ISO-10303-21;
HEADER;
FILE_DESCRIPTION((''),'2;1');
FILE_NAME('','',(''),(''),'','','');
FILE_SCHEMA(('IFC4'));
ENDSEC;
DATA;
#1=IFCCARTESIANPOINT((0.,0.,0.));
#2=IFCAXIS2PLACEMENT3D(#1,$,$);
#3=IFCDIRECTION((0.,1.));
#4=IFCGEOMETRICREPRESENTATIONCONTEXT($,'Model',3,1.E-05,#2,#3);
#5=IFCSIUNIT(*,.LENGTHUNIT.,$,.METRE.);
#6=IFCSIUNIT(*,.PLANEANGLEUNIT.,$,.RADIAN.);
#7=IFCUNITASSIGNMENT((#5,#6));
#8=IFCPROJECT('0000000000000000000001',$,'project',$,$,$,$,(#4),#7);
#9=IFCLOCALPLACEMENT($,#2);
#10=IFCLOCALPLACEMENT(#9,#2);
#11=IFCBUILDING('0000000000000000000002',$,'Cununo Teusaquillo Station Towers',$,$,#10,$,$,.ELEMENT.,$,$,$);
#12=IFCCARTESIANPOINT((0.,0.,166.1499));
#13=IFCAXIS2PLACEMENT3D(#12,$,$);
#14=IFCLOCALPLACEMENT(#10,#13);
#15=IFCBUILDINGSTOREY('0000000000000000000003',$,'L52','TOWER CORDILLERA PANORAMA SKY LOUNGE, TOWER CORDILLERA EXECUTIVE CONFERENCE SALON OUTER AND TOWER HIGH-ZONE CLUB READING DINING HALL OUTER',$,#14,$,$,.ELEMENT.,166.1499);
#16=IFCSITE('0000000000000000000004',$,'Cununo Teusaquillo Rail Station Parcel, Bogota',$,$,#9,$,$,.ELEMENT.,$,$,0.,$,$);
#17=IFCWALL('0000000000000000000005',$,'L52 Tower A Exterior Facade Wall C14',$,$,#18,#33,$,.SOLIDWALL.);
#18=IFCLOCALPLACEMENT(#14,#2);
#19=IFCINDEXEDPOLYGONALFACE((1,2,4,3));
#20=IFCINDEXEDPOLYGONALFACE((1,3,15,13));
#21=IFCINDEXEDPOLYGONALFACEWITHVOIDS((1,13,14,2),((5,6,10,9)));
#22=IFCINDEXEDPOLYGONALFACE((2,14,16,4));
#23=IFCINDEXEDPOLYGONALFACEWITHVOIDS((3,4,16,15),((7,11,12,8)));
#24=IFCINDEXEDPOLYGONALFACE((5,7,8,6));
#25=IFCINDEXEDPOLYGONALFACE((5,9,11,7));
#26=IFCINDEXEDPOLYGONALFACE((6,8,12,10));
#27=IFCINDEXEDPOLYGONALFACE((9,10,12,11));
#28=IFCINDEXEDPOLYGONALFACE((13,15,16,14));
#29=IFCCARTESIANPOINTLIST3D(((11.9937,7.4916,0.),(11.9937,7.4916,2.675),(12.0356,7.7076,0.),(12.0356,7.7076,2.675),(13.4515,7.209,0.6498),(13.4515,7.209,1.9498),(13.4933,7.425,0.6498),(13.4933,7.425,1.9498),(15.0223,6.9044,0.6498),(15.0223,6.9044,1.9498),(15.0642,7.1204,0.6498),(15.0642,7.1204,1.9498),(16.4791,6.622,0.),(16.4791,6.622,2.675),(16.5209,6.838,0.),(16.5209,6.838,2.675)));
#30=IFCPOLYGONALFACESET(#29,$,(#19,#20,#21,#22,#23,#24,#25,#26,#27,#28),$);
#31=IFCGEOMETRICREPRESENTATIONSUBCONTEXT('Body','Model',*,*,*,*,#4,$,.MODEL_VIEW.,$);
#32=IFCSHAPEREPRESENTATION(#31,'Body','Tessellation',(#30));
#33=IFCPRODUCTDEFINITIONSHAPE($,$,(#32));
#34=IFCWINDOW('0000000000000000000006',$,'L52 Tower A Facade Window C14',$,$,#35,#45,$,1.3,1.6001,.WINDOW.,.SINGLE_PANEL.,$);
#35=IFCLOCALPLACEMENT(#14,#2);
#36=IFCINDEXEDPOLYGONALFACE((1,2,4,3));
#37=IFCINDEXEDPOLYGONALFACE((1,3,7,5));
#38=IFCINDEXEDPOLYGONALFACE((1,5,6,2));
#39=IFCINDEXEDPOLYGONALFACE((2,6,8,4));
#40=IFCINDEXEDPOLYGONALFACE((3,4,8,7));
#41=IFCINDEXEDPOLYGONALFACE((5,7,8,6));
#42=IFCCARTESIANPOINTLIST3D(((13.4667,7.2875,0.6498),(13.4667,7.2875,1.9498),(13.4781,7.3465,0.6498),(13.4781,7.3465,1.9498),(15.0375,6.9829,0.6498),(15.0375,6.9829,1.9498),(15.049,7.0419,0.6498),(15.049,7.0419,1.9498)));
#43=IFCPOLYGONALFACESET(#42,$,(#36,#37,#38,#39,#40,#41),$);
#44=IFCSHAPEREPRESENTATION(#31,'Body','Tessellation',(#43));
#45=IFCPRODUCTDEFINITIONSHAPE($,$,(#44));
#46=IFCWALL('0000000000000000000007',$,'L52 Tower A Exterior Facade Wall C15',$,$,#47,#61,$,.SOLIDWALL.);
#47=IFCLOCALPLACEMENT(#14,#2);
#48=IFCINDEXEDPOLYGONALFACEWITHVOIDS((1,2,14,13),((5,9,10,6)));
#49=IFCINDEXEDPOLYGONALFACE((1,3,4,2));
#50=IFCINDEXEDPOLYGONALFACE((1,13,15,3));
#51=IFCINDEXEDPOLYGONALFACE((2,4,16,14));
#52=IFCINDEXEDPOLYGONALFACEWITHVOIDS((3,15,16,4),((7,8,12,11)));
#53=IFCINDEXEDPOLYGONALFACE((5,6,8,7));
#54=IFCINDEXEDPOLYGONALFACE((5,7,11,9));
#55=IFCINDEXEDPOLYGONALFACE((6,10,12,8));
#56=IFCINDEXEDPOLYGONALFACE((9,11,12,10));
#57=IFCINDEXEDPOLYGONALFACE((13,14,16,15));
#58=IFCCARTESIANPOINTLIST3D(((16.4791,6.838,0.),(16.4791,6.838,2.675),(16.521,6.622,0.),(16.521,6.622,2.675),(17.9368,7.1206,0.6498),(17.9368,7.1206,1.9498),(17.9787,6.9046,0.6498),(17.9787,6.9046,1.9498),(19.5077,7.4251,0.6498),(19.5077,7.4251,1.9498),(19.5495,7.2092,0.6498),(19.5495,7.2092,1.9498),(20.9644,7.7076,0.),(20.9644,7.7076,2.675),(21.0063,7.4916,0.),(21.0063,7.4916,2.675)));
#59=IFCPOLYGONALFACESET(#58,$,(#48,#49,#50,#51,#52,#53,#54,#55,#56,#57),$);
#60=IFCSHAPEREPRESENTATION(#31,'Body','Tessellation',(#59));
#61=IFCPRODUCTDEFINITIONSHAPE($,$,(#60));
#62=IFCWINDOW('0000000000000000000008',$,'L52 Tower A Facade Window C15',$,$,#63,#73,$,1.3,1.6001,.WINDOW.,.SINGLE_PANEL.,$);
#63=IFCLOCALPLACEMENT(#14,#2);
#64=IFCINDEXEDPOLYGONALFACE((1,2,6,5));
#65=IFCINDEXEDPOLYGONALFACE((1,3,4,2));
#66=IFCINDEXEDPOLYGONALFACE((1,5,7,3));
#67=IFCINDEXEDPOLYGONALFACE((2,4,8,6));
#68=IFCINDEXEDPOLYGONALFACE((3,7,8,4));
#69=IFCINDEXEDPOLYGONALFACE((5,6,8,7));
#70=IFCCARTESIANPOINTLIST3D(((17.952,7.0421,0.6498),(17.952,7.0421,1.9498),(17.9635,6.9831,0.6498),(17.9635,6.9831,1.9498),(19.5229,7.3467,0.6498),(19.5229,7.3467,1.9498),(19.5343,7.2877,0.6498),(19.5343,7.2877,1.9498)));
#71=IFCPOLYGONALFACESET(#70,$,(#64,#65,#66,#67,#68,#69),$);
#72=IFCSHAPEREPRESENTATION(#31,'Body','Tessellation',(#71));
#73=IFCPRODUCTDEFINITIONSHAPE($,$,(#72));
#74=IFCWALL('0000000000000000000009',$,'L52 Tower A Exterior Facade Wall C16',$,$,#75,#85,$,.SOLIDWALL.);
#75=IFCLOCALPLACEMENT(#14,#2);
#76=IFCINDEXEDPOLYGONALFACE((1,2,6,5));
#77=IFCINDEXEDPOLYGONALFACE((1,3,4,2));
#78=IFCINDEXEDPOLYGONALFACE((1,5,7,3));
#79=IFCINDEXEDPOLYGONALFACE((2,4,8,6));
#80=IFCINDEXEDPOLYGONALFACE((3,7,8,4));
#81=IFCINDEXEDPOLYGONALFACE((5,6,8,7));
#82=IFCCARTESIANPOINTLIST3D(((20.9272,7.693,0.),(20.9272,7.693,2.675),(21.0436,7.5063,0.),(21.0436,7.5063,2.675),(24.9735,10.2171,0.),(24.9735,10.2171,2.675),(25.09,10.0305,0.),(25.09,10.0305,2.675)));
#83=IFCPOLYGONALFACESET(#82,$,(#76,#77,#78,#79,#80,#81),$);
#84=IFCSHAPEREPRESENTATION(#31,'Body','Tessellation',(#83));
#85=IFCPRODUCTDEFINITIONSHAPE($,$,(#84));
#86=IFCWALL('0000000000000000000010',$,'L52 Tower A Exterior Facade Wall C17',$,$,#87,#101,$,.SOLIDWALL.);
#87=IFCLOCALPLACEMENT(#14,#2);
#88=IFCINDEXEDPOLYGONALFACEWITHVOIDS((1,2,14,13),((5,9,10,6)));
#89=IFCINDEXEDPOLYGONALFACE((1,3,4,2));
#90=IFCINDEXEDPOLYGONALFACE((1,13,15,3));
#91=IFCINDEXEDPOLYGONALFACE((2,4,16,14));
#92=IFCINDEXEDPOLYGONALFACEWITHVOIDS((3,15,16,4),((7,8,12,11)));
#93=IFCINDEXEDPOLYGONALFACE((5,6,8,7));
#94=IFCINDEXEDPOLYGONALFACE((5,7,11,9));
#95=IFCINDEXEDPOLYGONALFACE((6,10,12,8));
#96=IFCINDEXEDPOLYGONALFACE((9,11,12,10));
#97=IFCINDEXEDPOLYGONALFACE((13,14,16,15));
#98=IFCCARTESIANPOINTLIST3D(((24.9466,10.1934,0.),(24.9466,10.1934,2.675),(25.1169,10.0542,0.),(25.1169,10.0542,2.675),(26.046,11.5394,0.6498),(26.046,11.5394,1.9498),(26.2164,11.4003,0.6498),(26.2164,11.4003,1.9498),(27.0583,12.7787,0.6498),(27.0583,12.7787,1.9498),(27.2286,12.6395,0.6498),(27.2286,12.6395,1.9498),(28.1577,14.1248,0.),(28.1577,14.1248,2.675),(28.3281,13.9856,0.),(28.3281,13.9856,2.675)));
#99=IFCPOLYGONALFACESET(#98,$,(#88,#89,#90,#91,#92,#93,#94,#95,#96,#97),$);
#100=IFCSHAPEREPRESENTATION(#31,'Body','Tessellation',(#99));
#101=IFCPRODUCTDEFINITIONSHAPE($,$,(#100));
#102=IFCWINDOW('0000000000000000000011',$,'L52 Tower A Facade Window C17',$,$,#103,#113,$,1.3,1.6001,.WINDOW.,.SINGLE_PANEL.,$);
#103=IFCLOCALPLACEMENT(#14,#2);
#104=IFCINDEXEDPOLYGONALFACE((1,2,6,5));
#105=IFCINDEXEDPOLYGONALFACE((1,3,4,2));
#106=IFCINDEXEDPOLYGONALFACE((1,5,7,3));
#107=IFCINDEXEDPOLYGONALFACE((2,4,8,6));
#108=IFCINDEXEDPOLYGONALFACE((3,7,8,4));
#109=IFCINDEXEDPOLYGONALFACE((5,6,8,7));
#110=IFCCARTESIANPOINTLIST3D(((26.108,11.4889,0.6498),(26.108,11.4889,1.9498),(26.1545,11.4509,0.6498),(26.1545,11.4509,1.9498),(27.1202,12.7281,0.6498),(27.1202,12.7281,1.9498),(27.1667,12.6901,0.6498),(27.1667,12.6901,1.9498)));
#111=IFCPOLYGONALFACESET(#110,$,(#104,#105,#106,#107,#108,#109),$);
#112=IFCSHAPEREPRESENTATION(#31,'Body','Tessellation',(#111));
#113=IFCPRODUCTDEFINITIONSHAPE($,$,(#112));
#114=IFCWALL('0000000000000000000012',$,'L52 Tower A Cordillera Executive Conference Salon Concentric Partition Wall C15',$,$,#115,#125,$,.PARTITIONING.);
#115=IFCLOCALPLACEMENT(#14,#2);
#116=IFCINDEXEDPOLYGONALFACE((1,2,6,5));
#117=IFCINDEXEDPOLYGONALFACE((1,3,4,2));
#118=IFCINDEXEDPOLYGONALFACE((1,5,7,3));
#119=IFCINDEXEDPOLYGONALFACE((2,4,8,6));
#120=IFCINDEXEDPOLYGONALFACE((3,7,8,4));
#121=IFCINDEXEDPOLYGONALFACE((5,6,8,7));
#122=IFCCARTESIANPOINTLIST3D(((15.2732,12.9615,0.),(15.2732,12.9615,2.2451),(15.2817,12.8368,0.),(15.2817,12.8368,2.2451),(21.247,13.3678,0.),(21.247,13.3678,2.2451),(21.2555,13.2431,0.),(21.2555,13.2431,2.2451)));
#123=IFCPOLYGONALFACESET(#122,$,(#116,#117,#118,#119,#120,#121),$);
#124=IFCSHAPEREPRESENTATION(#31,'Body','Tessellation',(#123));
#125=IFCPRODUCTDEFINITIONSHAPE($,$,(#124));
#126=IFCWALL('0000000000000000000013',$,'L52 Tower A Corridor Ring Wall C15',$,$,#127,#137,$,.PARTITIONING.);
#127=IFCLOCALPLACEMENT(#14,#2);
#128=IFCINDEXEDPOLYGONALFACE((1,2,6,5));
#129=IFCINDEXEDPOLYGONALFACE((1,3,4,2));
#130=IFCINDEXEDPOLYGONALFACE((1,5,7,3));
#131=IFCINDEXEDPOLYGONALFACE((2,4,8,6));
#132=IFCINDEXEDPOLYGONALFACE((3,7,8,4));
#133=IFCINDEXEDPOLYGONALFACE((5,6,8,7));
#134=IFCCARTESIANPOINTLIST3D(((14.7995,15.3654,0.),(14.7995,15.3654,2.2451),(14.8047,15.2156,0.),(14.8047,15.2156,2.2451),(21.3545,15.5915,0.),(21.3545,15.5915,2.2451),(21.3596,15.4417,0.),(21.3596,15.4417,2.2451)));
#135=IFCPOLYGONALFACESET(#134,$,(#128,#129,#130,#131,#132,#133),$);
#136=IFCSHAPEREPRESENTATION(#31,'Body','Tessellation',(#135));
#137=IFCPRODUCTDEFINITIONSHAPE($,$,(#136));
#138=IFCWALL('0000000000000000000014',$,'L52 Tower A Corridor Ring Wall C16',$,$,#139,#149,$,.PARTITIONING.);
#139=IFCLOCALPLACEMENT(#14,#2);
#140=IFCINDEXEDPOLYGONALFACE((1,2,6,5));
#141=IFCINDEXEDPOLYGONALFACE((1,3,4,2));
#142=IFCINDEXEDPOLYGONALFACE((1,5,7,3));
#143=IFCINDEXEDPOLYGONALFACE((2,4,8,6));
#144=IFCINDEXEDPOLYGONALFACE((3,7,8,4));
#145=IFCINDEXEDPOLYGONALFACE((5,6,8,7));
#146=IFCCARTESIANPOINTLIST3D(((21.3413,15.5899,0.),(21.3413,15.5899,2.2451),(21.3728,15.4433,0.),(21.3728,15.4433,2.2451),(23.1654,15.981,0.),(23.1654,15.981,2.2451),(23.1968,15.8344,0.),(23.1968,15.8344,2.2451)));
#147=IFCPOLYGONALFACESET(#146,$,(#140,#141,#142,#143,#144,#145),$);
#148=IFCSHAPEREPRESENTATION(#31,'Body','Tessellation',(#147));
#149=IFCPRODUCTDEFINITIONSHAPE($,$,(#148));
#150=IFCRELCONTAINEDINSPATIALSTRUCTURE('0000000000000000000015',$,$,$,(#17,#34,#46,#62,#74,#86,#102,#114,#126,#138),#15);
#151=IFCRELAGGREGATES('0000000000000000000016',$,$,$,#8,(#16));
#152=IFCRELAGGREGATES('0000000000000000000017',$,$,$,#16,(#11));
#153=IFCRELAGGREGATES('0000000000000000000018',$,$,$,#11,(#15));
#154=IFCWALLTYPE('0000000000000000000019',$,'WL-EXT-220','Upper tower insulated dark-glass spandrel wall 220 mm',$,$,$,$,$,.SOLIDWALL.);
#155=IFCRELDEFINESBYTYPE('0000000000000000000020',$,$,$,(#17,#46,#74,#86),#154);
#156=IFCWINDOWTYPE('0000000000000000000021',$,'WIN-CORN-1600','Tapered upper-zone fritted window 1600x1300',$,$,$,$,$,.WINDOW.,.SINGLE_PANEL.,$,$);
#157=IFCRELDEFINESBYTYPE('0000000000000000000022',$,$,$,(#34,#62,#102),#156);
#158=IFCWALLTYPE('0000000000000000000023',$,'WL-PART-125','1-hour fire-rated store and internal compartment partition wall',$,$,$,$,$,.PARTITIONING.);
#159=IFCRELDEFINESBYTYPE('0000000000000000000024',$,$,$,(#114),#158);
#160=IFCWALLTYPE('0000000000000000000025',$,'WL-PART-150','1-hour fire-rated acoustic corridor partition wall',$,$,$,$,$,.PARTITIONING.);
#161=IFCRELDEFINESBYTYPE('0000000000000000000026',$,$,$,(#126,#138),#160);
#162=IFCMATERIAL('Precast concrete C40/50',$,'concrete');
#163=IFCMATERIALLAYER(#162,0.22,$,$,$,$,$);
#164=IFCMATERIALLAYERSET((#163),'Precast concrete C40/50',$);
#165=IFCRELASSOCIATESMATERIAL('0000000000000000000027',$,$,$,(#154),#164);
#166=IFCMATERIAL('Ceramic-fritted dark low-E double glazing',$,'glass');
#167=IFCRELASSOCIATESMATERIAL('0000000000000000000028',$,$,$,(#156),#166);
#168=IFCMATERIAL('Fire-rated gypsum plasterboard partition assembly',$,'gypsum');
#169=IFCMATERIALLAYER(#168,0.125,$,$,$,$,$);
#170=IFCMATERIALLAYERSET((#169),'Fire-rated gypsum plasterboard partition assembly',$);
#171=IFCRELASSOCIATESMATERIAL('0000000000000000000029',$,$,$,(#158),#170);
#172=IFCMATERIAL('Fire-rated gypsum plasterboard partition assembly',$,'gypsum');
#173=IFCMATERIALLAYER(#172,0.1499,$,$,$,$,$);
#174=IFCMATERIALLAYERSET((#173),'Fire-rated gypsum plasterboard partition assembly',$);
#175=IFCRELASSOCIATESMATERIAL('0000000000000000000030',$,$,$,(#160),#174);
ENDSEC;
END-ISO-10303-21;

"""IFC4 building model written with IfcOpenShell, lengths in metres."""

from ifc_helpers import new_model, si_unit, direction, frame, frame_2d, origin, place, context, subcontext, project, spatial, rectangle, extrude, source, transform, mapped, material, layer, layer_set, type_object, element, fill, save


model = new_model("IFC4")

# Units and contexts
model_context = context("Model", 3, precision=1e-05, world=origin(), true_north=direction((0.0, 1.0)))
body_context = subcontext(model_context, "Body", "Model", "MODEL_VIEW")
ifc_project = project(units=[si_unit("LENGTHUNIT", "METRE"), si_unit("PLANEANGLEUNIT", "RADIAN")], contexts=[model_context])

# Site, building, storey
site_placement = place(None, origin())
site = spatial("IfcSite", under=ifc_project, at=site_placement, Name="Cununo Teusaquillo Rail Station Parcel, Bogota", CompositionType="ELEMENT", RefElevation=0.0)
building_placement = place(site_placement, origin())
building = spatial("IfcBuilding", under=site, at=building_placement, Name="Cununo Teusaquillo Station Towers", CompositionType="ELEMENT")
storey_placement = place(building_placement, frame((0.0, 0.0, 166.1499)))
storey = spatial("IfcBuildingStorey", under=building, at=storey_placement, Name="L52", Description="TOWER CORDILLERA PANORAMA SKY LOUNGE, TOWER CORDILLERA EXECUTIVE CONFERENCE SALON OUTER AND TOWER HIGH-ZONE CLUB READING DINING HALL OUTER", CompositionType="ELEMENT", Elevation=166.1499)

# Walls, openings, windows
ifc_material_1 = material(Name="Precast concrete C40/50", Category="concrete")
ifc_layer_1 = layer(ifc_material_1, 0.22)
ifc_layer_set_1 = layer_set([ifc_layer_1], Name="Precast concrete C40/50")
wall_type_1 = type_object("IfcWallType", Name="WL-EXT-220", Description="Upper tower insulated dark-glass spandrel wall 220 mm", PredefinedType="SOLIDWALL", material=ifc_layer_set_1)
wall_1_placement = place(storey_placement, frame((16.5, 6.73, 0.0), z_axis=(0.0, 0.0, 1.0), x_axis=(-0.981719, 0.190338, 0.0)))
wall_1 = element("IfcWall", 1, at=wall_1_placement, inside=storey, type_object=wall_type_1, Name="L52 Tower A Exterior Facade Wall C14", PredefinedType="SOLIDWALL", context=body_context, shape_type="SweptSolid", body=[
    extrude(rectangle(XDim=4.5688, YDim=0.22, at=frame_2d((2.2844, 0.0))), origin(), (0.0, 0.0, 1.0), 2.675),
])
shared_shape_1 = source(origin(), body_context, "Body", "SweptSolid", [
    extrude(rectangle(XDim=1.6001, YDim=1.3, at=frame_2d((0.8, 0.6499))), frame((0.0, 0.1199, 0.0), z_axis=(0.0, -1.0, 0.0), x_axis=(1.0, 0.0, 0.0)), (0.0, 0.0, 1.0), 0.24),
])
opening_1_placement = place(wall_1_placement, frame((1.4839, 0.0, 0.6499)))
opening_1 = element("IfcOpeningElement", 2, at=opening_1_placement, cuts=wall_1, PredefinedType="OPENING", context=body_context, shape_type="MappedRepresentation", body=[
    mapped(shared_shape_1, transform((0.0, 0.0, 0.0), x_axis=(1.0, 0.0, 0.0), y_axis=(0.0, 1.0, 0.0), z_axis=(0.0, 0.0, 1.0), scale=1.0)),
])
ifc_material_2 = material(Name="Ceramic-fritted dark low-E double glazing", Category="glass")
window_type = type_object("IfcWindowType", Name="WIN-CORN-1600", Description="Tapered upper-zone fritted window 1600x1300", PartitioningType="SINGLE_PANEL", PredefinedType="WINDOW", material=ifc_material_2)
shared_shape_2 = source(origin(), body_context, "Body", "SweptSolid", [
    extrude(rectangle(XDim=1.6001, YDim=1.3, at=frame_2d((0.8, 0.6499))), frame((0.0, 0.03, 0.0), z_axis=(0.0, -1.0, 0.0), x_axis=(1.0, 0.0, 0.0)), (0.0, 0.0, 1.0), 0.0601),
])
window_1_placement = place(opening_1_placement, origin())
window_1 = element("IfcWindow", 3, at=window_1_placement, inside=storey, type_object=window_type, Name="L52 Tower A Facade Window C14", OverallHeight=1.3, OverallWidth=1.6001, PartitioningType="SINGLE_PANEL", PredefinedType="WINDOW", context=body_context, shape_type="MappedRepresentation", body=[
    mapped(shared_shape_2, transform((0.0, 0.0, 0.0), x_axis=(1.0, 0.0, 0.0), y_axis=(0.0, 1.0, 0.0), z_axis=(0.0, 0.0, 1.0), scale=1.0)),
])
fill(opening_1, window_1)
wall_2_placement = place(storey_placement, frame((20.9854, 7.5996, 0.0), z_axis=(0.0, 0.0, 1.0), x_axis=(-0.981719, -0.190338, 0.0)))
wall_2 = element("IfcWall", 4, at=wall_2_placement, inside=storey, type_object=wall_type_1, Name="L52 Tower A Exterior Facade Wall C15", PredefinedType="SOLIDWALL", context=body_context, shape_type="SweptSolid", body=[
    extrude(rectangle(XDim=4.5688, YDim=0.22, at=frame_2d((2.2844, 0.0))), origin(), (0.0, 0.0, 1.0), 2.675),
])
opening_2_placement = place(wall_2_placement, frame((1.4839, 0.0, 0.6499)))
opening_2 = element("IfcOpeningElement", 5, at=opening_2_placement, cuts=wall_2, PredefinedType="OPENING", context=body_context, shape_type="MappedRepresentation", body=[
    mapped(shared_shape_1, transform((0.0, 0.0, 0.0), x_axis=(1.0, 0.0, 0.0), y_axis=(0.0, 1.0, 0.0), z_axis=(0.0, 0.0, 1.0), scale=1.0)),
])
window_2_placement = place(opening_2_placement, origin())
window_2 = element("IfcWindow", 6, at=window_2_placement, inside=storey, type_object=window_type, Name="L52 Tower A Facade Window C15", OverallHeight=1.3, OverallWidth=1.6001, PartitioningType="SINGLE_PANEL", PredefinedType="WINDOW", context=body_context, shape_type="MappedRepresentation", body=[
    mapped(shared_shape_2, transform((0.0, 0.0, 0.0), x_axis=(1.0, 0.0, 0.0), y_axis=(0.0, 1.0, 0.0), z_axis=(0.0, 0.0, 1.0), scale=1.0)),
])
fill(opening_2, window_2)

# Wall
wall_3_placement = place(storey_placement, frame((25.0317, 10.1238, 0.0), z_axis=(0.0, 0.0, 1.0), x_axis=(-0.848452, -0.529272, 0.0)))
element("IfcWall", 7, at=wall_3_placement, inside=storey, type_object=wall_type_1, Name="L52 Tower A Exterior Facade Wall C16", PredefinedType="SOLIDWALL", context=body_context, shape_type="SweptSolid", body=[
    extrude(rectangle(XDim=4.769, YDim=0.22, at=frame_2d((2.3845, 0.0))), origin(), (0.0, 0.0, 1.0), 2.675),
])

# Wall, opening, window
wall_4_placement = place(storey_placement, frame((28.2429, 14.0552, 0.0), z_axis=(0.0, 0.0, 1.0), x_axis=(-0.632599, -0.77448, 0.0)))
wall_4 = element("IfcWall", 8, at=wall_4_placement, inside=storey, type_object=wall_type_1, Name="L52 Tower A Exterior Facade Wall C17", PredefinedType="SOLIDWALL", context=body_context, shape_type="SweptSolid", body=[
    extrude(rectangle(XDim=5.0762, YDim=0.22, at=frame_2d((2.5381, 0.0))), origin(), (0.0, 0.0, 1.0), 2.675),
])
opening_3_placement = place(wall_4_placement, frame((1.738, 0.0, 0.6499)))
opening_3 = element("IfcOpeningElement", 9, at=opening_3_placement, cuts=wall_4, PredefinedType="OPENING", context=body_context, shape_type="MappedRepresentation", body=[
    mapped(shared_shape_1, transform((0.0, 0.0, 0.0), x_axis=(1.0, 0.0, 0.0), y_axis=(0.0, 1.0, 0.0), z_axis=(0.0, 0.0, 1.0), scale=1.0)),
])
window_3_placement = place(opening_3_placement, origin())
window_3 = element("IfcWindow", 10, at=window_3_placement, inside=storey, type_object=window_type, Name="L52 Tower A Facade Window C17", OverallHeight=1.3, OverallWidth=1.6001, PartitioningType="SINGLE_PANEL", PredefinedType="WINDOW", context=body_context, shape_type="MappedRepresentation", body=[
    mapped(shared_shape_2, transform((0.0, 0.0, 0.0), x_axis=(1.0, 0.0, 0.0), y_axis=(0.0, 1.0, 0.0), z_axis=(0.0, 0.0, 1.0), scale=1.0)),
])
fill(opening_3, window_3)

# Walls
ifc_material_3 = material(Name="Fire-rated gypsum plasterboard partition assembly", Category="gypsum")
ifc_layer_2 = layer(ifc_material_3, 0.125)
ifc_layer_set_2 = layer_set([ifc_layer_2], Name="Fire-rated gypsum plasterboard partition assembly")
wall_type_2 = type_object("IfcWallType", Name="WL-PART-125", Description="1-hour fire-rated store and internal compartment partition wall", PredefinedType="PARTITIONING", material=ifc_layer_set_2)
wall_5_placement = place(storey_placement, frame((15.2776, 12.8992, 0.0), z_axis=(0.0, 0.0, 1.0), x_axis=(0.997696, 0.06785, 0.0)))
element("IfcWall", 11, at=wall_5_placement, inside=storey, type_object=wall_type_2, Name="L52 Tower A Cordillera Executive Conference Salon Concentric Partition Wall C15", PredefinedType="PARTITIONING", context=body_context, shape_type="SweptSolid", body=[
    extrude(rectangle(XDim=5.9875, YDim=0.125, at=frame_2d((2.9937, 0.0))), origin(), (0.0, 0.0, 1.0), 2.2451),
])
ifc_material_4 = material(Name="Fire-rated gypsum plasterboard partition assembly", Category="gypsum")
ifc_layer_3 = layer(ifc_material_4, 0.1499)
ifc_layer_set_3 = layer_set([ifc_layer_3], Name="Fire-rated gypsum plasterboard partition assembly")
wall_type_3 = type_object("IfcWallType", Name="WL-PART-150", Description="1-hour fire-rated acoustic corridor partition wall", PredefinedType="PARTITIONING", material=ifc_layer_set_3)
wall_6_placement = place(storey_placement, frame((14.8022, 15.2905, 0.0), z_axis=(0.0, 0.0, 1.0), x_axis=(0.999406, 0.034469, 0.0)))
element("IfcWall", 12, at=wall_6_placement, inside=storey, type_object=wall_type_3, Name="L52 Tower A Corridor Ring Wall C15", PredefinedType="PARTITIONING", context=body_context, shape_type="SweptSolid", body=[
    extrude(rectangle(XDim=6.5588, YDim=0.1499, at=frame_2d((3.2793, 0.0))), origin(), (0.0, 0.0, 1.0), 2.2451),
])
wall_7_placement = place(storey_placement, frame((21.3572, 15.5166, 0.0), z_axis=(0.0, 0.0, 1.0), x_axis=(0.977774, 0.209663, 0.0)))
element("IfcWall", 13, at=wall_7_placement, inside=storey, type_object=wall_type_3, Name="L52 Tower A Corridor Ring Wall C16", PredefinedType="PARTITIONING", context=body_context, shape_type="SweptSolid", body=[
    extrude(rectangle(XDim=1.8655, YDim=0.1499, at=frame_2d((0.9326, 0.0))), origin(), (0.0, 0.0, 1.0), 2.2451),
])

save(model, "model.ifc")
